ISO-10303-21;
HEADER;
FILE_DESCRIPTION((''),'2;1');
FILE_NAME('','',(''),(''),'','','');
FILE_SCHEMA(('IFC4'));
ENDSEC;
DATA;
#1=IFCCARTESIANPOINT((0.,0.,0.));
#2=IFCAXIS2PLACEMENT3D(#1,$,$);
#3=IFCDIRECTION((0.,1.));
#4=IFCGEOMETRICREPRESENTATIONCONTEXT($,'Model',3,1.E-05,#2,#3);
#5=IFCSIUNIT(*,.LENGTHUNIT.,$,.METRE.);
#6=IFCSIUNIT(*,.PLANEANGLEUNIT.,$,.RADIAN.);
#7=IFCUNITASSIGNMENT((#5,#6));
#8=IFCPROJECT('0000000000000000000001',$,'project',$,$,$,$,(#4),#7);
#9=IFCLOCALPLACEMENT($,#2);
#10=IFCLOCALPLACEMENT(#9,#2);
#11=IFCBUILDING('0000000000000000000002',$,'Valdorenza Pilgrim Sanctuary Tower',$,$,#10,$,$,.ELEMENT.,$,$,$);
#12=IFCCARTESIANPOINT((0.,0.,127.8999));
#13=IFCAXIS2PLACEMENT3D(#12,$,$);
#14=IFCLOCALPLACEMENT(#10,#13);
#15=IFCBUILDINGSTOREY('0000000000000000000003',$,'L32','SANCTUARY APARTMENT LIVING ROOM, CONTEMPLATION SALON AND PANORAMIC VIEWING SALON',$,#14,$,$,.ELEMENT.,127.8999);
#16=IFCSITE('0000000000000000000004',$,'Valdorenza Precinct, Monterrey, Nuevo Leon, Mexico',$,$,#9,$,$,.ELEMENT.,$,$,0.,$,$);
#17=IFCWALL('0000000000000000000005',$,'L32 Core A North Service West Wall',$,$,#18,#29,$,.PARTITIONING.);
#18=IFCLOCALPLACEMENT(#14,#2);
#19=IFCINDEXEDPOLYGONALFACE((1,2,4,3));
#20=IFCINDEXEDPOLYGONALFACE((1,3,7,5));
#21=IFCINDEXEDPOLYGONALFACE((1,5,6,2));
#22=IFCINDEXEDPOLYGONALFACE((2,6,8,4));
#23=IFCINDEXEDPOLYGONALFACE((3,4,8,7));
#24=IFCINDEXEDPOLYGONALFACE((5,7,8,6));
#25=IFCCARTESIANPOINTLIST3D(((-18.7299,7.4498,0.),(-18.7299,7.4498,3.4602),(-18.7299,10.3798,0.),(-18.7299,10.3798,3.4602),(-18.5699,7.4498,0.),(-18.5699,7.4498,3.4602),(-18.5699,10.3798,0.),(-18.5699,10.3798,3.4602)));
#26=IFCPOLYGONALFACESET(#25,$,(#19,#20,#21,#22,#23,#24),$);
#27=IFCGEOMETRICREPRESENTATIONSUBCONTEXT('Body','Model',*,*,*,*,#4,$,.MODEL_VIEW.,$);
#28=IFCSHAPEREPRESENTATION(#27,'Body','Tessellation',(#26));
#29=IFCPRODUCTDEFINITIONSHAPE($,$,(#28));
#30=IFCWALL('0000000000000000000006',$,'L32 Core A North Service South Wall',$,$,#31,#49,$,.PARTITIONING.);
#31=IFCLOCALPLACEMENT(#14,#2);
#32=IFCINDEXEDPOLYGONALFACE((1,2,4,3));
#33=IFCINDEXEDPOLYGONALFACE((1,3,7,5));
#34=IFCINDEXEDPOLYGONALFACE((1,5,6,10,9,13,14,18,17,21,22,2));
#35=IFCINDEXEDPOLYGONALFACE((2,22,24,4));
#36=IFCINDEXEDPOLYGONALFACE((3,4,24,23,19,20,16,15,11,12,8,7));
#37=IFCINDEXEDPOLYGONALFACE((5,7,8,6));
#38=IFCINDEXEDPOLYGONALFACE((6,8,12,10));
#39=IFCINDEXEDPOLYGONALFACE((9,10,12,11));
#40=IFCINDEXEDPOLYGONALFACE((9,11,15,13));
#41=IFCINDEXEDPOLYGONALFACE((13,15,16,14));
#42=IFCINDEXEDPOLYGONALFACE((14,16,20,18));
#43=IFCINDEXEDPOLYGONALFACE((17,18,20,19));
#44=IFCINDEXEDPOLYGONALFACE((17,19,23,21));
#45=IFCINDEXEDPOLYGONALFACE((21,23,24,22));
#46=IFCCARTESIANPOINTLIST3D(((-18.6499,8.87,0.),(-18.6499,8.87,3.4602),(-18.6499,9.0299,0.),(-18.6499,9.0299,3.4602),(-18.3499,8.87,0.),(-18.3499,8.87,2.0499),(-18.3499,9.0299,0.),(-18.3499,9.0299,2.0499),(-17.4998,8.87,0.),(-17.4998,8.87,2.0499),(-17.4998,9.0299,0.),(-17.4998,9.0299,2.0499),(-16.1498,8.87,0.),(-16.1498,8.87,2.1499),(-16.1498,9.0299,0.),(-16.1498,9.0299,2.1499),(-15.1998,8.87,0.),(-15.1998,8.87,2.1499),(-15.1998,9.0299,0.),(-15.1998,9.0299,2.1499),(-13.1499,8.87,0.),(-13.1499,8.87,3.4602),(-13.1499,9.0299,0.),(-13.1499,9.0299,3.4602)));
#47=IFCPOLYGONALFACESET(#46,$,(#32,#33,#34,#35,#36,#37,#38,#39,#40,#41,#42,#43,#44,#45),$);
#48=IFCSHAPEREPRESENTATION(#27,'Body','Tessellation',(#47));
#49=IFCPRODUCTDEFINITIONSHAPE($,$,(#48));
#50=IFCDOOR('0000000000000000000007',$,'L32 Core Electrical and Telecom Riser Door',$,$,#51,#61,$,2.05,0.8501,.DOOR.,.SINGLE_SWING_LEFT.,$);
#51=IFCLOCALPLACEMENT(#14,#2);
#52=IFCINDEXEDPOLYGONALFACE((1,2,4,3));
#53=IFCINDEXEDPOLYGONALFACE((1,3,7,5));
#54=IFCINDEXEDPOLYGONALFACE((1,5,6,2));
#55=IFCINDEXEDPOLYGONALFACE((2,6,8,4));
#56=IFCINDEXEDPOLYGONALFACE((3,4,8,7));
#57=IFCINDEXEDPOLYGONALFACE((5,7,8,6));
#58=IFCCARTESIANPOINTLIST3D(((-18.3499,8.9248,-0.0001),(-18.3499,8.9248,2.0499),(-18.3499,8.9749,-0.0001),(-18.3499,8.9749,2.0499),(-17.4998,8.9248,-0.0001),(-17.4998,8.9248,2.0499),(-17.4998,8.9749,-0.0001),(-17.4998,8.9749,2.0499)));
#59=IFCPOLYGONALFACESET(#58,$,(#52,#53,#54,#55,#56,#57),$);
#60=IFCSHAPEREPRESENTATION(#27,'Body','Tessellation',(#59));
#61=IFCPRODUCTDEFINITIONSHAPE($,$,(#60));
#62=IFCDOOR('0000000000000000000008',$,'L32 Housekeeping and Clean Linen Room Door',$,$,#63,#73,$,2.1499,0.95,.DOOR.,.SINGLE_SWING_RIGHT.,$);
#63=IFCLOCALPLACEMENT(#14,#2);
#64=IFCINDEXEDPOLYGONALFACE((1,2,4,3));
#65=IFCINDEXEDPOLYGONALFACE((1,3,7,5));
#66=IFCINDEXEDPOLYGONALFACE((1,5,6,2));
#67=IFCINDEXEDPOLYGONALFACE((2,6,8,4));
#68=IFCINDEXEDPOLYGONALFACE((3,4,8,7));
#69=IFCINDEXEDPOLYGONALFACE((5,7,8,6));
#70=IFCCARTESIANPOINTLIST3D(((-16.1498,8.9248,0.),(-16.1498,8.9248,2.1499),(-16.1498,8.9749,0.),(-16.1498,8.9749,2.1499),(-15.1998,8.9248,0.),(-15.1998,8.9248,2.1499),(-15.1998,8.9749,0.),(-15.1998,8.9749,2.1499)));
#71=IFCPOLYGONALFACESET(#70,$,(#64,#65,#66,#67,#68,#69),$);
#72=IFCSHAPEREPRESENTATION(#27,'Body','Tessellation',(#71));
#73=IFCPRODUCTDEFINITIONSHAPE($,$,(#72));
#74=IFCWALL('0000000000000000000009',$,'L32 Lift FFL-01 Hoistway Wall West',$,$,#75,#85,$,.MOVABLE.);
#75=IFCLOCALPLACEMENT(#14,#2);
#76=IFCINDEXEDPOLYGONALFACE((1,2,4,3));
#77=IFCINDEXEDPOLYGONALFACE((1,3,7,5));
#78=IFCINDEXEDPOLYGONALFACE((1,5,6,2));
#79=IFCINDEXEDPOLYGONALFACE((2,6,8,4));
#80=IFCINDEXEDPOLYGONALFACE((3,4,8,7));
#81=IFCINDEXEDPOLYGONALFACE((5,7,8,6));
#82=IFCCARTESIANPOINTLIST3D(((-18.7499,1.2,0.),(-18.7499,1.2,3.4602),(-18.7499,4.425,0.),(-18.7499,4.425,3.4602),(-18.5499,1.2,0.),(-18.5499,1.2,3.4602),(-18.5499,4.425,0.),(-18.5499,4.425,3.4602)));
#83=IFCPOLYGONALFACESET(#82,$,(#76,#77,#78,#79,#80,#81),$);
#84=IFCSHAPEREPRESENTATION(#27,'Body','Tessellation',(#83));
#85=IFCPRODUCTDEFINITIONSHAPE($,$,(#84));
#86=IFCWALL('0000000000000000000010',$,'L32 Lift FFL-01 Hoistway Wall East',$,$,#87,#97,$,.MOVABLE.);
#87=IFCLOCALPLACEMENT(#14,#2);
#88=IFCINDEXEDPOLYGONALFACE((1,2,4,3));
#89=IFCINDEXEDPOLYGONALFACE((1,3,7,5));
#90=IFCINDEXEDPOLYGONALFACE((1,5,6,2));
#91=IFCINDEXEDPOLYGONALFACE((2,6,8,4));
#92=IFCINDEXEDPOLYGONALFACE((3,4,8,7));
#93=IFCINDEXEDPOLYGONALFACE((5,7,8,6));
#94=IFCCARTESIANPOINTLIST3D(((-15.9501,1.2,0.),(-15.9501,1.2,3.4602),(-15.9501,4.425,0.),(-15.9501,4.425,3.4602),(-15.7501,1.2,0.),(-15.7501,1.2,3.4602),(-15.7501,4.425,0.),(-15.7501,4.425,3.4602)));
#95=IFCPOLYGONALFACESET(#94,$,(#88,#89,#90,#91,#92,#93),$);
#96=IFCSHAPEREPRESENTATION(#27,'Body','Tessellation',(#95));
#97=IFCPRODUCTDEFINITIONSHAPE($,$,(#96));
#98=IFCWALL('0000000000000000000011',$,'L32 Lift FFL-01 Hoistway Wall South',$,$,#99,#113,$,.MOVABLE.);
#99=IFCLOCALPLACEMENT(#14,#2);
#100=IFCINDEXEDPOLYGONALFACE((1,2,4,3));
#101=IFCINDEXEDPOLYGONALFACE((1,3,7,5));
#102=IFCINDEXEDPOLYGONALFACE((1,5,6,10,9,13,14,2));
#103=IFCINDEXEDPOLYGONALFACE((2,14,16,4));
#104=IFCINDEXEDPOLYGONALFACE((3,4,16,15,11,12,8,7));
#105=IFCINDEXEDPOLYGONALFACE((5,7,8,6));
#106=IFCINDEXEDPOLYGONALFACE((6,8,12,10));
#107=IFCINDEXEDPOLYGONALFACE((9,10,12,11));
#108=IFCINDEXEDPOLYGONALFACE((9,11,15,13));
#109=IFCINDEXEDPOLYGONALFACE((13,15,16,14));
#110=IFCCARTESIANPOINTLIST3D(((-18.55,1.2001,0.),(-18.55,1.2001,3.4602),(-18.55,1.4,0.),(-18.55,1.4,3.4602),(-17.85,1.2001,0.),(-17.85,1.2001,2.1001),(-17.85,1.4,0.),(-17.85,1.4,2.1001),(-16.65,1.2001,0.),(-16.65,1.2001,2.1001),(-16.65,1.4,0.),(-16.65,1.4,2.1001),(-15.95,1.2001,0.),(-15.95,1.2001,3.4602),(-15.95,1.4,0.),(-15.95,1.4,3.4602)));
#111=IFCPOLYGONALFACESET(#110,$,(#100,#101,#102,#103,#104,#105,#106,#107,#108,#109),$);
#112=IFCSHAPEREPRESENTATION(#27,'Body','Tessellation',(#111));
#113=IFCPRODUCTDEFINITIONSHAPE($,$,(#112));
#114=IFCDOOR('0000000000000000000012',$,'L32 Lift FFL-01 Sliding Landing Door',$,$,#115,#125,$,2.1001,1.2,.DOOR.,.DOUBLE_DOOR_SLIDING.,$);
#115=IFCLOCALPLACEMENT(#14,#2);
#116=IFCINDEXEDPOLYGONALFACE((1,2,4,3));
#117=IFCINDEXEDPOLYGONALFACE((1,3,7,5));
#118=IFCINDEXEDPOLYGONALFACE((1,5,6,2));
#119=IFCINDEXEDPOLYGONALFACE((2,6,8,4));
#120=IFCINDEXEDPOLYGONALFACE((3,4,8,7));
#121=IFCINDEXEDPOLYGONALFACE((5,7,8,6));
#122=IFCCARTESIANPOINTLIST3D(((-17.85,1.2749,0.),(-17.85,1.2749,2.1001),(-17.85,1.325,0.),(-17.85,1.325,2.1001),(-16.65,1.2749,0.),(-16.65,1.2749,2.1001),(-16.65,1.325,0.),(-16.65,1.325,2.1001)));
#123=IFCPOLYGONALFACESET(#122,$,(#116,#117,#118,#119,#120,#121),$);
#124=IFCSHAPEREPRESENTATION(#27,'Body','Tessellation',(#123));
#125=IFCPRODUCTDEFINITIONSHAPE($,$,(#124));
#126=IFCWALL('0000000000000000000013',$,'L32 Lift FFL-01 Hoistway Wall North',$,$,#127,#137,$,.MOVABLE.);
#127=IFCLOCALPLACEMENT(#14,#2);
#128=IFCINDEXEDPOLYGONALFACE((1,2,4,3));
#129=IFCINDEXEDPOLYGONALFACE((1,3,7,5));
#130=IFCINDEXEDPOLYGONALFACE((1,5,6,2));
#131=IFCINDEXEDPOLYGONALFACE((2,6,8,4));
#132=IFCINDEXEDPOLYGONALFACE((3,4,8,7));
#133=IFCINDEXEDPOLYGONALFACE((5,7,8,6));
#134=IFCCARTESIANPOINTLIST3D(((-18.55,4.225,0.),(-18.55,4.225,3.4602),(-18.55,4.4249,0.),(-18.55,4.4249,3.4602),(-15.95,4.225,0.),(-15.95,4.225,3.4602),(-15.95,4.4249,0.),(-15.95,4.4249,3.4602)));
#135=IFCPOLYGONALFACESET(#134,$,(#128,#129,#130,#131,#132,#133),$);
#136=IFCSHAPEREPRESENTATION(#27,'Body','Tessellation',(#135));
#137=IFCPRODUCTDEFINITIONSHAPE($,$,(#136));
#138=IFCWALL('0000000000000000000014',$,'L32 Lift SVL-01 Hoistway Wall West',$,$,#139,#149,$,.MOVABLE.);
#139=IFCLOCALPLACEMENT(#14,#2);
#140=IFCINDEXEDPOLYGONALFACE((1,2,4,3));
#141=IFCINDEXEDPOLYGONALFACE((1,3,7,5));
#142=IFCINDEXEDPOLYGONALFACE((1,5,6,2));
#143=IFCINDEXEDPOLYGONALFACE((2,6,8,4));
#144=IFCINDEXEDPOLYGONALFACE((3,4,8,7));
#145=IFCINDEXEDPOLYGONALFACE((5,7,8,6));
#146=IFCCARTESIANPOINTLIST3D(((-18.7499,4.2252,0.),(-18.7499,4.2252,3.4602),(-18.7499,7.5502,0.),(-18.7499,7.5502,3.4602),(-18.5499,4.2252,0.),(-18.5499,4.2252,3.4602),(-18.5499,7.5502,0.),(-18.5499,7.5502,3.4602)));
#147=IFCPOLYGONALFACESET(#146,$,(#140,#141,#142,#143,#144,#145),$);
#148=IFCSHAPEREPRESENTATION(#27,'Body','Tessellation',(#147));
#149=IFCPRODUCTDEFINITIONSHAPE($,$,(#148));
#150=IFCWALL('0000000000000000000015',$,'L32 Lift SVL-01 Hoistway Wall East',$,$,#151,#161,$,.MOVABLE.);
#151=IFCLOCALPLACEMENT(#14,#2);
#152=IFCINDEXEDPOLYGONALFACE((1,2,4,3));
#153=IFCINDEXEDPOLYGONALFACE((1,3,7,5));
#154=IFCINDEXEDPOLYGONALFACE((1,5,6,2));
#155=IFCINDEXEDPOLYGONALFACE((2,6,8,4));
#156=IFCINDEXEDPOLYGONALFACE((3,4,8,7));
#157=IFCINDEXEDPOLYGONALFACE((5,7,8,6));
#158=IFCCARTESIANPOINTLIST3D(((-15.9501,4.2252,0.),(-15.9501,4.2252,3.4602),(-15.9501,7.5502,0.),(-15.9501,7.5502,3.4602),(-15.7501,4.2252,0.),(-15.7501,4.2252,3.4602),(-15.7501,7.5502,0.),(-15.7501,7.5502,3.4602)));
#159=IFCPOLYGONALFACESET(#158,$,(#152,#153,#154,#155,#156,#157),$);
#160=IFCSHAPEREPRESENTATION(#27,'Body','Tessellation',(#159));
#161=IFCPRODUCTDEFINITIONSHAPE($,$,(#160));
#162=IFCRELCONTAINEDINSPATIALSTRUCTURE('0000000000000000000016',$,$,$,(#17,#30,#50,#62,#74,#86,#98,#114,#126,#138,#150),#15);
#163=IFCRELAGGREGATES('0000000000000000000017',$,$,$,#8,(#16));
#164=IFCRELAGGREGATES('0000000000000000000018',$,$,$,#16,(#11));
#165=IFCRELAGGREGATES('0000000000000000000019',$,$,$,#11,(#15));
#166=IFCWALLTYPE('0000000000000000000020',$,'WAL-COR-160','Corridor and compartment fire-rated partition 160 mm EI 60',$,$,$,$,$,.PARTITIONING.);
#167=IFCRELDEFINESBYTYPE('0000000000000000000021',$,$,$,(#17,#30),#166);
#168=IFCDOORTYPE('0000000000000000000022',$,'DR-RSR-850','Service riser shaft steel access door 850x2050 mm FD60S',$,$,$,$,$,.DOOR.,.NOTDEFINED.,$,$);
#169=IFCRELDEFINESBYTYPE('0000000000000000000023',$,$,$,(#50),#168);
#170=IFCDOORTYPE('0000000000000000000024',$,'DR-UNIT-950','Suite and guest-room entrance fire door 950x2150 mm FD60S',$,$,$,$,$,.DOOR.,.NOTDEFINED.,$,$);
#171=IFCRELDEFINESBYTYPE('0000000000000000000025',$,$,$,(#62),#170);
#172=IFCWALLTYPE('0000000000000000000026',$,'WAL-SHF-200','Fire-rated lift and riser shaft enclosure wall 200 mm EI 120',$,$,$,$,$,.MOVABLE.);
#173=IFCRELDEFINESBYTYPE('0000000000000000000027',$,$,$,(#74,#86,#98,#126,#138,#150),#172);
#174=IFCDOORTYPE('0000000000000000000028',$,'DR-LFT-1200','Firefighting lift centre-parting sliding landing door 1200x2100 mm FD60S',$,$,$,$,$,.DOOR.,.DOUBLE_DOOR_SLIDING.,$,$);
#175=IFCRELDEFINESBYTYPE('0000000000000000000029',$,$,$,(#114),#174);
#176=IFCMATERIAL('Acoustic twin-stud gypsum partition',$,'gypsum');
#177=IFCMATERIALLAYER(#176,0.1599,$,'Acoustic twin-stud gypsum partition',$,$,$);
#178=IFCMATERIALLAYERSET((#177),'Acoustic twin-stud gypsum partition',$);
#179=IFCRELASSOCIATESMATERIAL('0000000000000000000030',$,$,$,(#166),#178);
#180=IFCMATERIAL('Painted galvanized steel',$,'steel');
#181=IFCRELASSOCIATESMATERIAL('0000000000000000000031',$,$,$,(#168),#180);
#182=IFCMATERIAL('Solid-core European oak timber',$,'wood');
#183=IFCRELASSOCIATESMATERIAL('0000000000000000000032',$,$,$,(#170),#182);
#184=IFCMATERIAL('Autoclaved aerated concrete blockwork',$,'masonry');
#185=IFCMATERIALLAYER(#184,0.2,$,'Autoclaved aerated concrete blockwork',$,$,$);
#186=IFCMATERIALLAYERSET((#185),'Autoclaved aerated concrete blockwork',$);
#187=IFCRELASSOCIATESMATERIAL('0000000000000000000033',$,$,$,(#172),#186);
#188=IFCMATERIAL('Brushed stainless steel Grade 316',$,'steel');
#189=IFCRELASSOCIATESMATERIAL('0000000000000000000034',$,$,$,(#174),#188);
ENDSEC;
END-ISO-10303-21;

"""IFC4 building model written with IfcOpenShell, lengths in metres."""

from ifc_helpers import new_model, si_unit, direction, frame, frame_2d, origin, place, context, subcontext, project, spatial, rectangle, extrude, material, layer, layer_set, type_object, element, fill, save


model = new_model("IFC4")

# Units and contexts
model_context = context("Model", 3, precision=1e-05, world=origin(), true_north=direction((0.0, 1.0)))
body_context = subcontext(model_context, "Body", "Model", "MODEL_VIEW")
ifc_project = project(units=[si_unit("LENGTHUNIT", "METRE"), si_unit("PLANEANGLEUNIT", "RADIAN")], contexts=[model_context])

# Site, building, storey
site_placement = place(None, origin())
site = spatial("IfcSite", under=ifc_project, at=site_placement, Name="Valdorenza Precinct, Monterrey, Nuevo Leon, Mexico", CompositionType="ELEMENT", RefElevation=0.0)
building_placement = place(site_placement, origin())
building = spatial("IfcBuilding", under=site, at=building_placement, Name="Valdorenza Pilgrim Sanctuary Tower", CompositionType="ELEMENT")
storey_placement = place(building_placement, frame((0.0, 0.0, 127.8999)))
storey = spatial("IfcBuildingStorey", under=building, at=storey_placement, Name="L32", Description="SANCTUARY APARTMENT LIVING ROOM, CONTEMPLATION SALON AND PANORAMIC VIEWING SALON", CompositionType="ELEMENT", Elevation=127.8999)

# Wall
ifc_material_1 = material(Name="Acoustic twin-stud gypsum partition", Category="gypsum")
ifc_layer_1 = layer(ifc_material_1, 0.1599, Name="Acoustic twin-stud gypsum partition")
ifc_layer_set_1 = layer_set([ifc_layer_1], Name="Acoustic twin-stud gypsum partition")
wall_type_1 = type_object("IfcWallType", Name="WAL-COR-160", Description="Corridor and compartment fire-rated partition 160 mm EI 60", PredefinedType="PARTITIONING", material=ifc_layer_set_1)
wall_1_placement = place(storey_placement, frame((-18.6499, 7.45, 0.0), z_axis=(0.0, 0.0, 1.0), x_axis=(0.0, 1.0, 0.0)))
element("IfcWall", 1, at=wall_1_placement, inside=storey, type_object=wall_type_1, Name="L32 Core A North Service West Wall", PredefinedType="PARTITIONING", context=body_context, shape_type="SweptSolid", body=[
    extrude(rectangle(XDim=2.9299, YDim=0.1599, at=frame_2d((1.4648, 0.0))), origin(), (0.0, 0.0, 1.0), 3.4602),
])

# Wall, openings, doors
wall_2_placement = place(storey_placement, frame((-18.6499, 8.95, 0.0), z_axis=(0.0, 0.0, 1.0), x_axis=(1.0, 0.0, 0.0)))
wall_2 = element("IfcWall", 2, at=wall_2_placement, inside=storey, type_object=wall_type_1, Name="L32 Core A North Service South Wall", PredefinedType="PARTITIONING", context=body_context, shape_type="SweptSolid", body=[
    extrude(rectangle(XDim=5.5, YDim=0.1599, at=frame_2d((2.75, 0.0))), origin(), (0.0, 0.0, 1.0), 3.4602),
])
opening_1_placement = place(wall_2_placement, frame((0.3, 0.0, 0.0)))
opening_1 = element("IfcOpeningElement", 3, at=opening_1_placement, cuts=wall_2, PredefinedType="OPENING", context=body_context, shape_type="SweptSolid", body=[
    extrude(rectangle(XDim=0.8501, YDim=2.05, at=frame_2d((0.425, 1.0249))), frame((0.0, 0.0947, 0.0), z_axis=(0.0, -1.0, 0.0), x_axis=(1.0, 0.0, 0.0)), (0.0, 0.0, 1.0), 0.1897),
])
opening_2_placement = place(wall_2_placement, frame((2.5, 0.0, 0.0)))
opening_2 = element("IfcOpeningElement", 4, at=opening_2_placement, cuts=wall_2, PredefinedType="OPENING", context=body_context, shape_type="SweptSolid", body=[
    extrude(rectangle(XDim=0.95, YDim=2.1499, at=frame_2d((0.4751, 1.075))), frame((0.0, 0.0947, 0.0), z_axis=(0.0, -1.0, 0.0), x_axis=(1.0, 0.0, 0.0)), (0.0, 0.0, 1.0), 0.1897),
])
ifc_material_2 = material(Name="Painted galvanized steel", Category="steel")
door_type_1 = type_object("IfcDoorType", Name="DR-RSR-850", Description="Service riser shaft steel access door 850x2050 mm FD60S", OperationType="NOTDEFINED", PredefinedType="DOOR", material=ifc_material_2)
door_1_placement = place(opening_1_placement, origin())
door_1 = element("IfcDoor", 5, at=door_1_placement, inside=storey, type_object=door_type_1, Name="L32 Core Electrical and Telecom Riser Door", OperationType="SINGLE_SWING_LEFT", OverallHeight=2.05, OverallWidth=0.8501, PredefinedType="DOOR", context=body_context, shape_type="SweptSolid", body=[
    extrude(rectangle(XDim=0.8501, YDim=2.05, at=frame_2d((0.425, 1.0249))), frame((0.0, 0.0249, 0.0), z_axis=(0.0, -1.0, 0.0), x_axis=(1.0, 0.0, 0.0)), (0.0, 0.0, 1.0), 0.05),
])
fill(opening_1, door_1)
ifc_material_3 = material(Name="Solid-core European oak timber", Category="wood")
door_type_2 = type_object("IfcDoorType", Name="DR-UNIT-950", Description="Suite and guest-room entrance fire door 950x2150 mm FD60S", OperationType="NOTDEFINED", PredefinedType="DOOR", material=ifc_material_3)
door_2_placement = place(opening_2_placement, origin())
door_2 = element("IfcDoor", 6, at=door_2_placement, inside=storey, type_object=door_type_2, Name="L32 Housekeeping and Clean Linen Room Door", OperationType="SINGLE_SWING_RIGHT", OverallHeight=2.1499, OverallWidth=0.95, PredefinedType="DOOR", context=body_context, shape_type="SweptSolid", body=[
    extrude(rectangle(XDim=0.95, YDim=2.1499, at=frame_2d((0.4751, 1.075))), frame((0.0, 0.0249, 0.0), z_axis=(0.0, -1.0, 0.0), x_axis=(1.0, 0.0, 0.0)), (0.0, 0.0, 1.0), 0.05),
])
fill(opening_2, door_2)

# Walls
ifc_material_4 = material(Name="Autoclaved aerated concrete blockwork", Category="masonry")
ifc_layer_2 = layer(ifc_material_4, 0.2, Name="Autoclaved aerated concrete blockwork")
ifc_layer_set_2 = layer_set([ifc_layer_2], Name="Autoclaved aerated concrete blockwork")
wall_type_2 = type_object("IfcWallType", Name="WAL-SHF-200", Description="Fire-rated lift and riser shaft enclosure wall 200 mm EI 120", PredefinedType="MOVABLE", material=ifc_layer_set_2)
for number, where, z_axis, x_axis, name in (
    (7, (-18.6499, 1.2, 0.0), (0.0, 0.0, 1.0), (0.0, 1.0, 0.0), "L32 Lift FFL-01 Hoistway Wall West"),
    (8, (-15.8501, 1.2, 0.0), (0.0, 0.0, 1.0), (0.0, 1.0, 0.0), "L32 Lift FFL-01 Hoistway Wall East"),
):
    element("IfcWall", number, at=place(storey_placement, frame(where, z_axis=z_axis, x_axis=x_axis)), inside=storey, type_object=wall_type_2, Name=name, PredefinedType="MOVABLE", context=body_context, shape_type="SweptSolid", body=[
        extrude(rectangle(XDim=3.2251, YDim=0.2, at=frame_2d((1.6125, 0.0))), origin(), (0.0, 0.0, 1.0), 3.4602),
    ])

# Wall, opening, door
wall_3_placement = place(storey_placement, frame((-18.55, 1.3, 0.0), z_axis=(0.0, 0.0, 1.0), x_axis=(1.0, 0.0, 0.0)))
wall_3 = element("IfcWall", 9, at=wall_3_placement, inside=storey, type_object=wall_type_2, Name="L32 Lift FFL-01 Hoistway Wall South", PredefinedType="MOVABLE", context=body_context, shape_type="SweptSolid", body=[
    extrude(rectangle(XDim=2.6001, YDim=0.2, at=frame_2d((1.3, 0.0))), origin(), (0.0, 0.0, 1.0), 3.4602),
])
opening_3_placement = place(wall_3_placement, frame((0.7, 0.0, 0.0)))
opening_3 = element("IfcOpeningElement", 10, at=opening_3_placement, cuts=wall_3, PredefinedType="OPENING", context=body_context, shape_type="SweptSolid", body=[
    extrude(rectangle(XDim=1.2, YDim=2.1001, at=frame_2d((0.6001, 1.05))), frame((0.0, 0.1147, 0.0), z_axis=(0.0, -1.0, 0.0), x_axis=(1.0, 0.0, 0.0)), (0.0, 0.0, 1.0), 0.2297),
])
ifc_material_5 = material(Name="Brushed stainless steel Grade 316", Category="steel")
door_type_3 = type_object("IfcDoorType", Name="DR-LFT-1200", Description="Firefighting lift centre-parting sliding landing door 1200x2100 mm FD60S", OperationType="DOUBLE_DOOR_SLIDING", PredefinedType="DOOR", material=ifc_material_5)
door_3_placement = place(opening_3_placement, origin())
door_3 = element("IfcDoor", 11, at=door_3_placement, inside=storey, type_object=door_type_3, Name="L32 Lift FFL-01 Sliding Landing Door", OperationType="DOUBLE_DOOR_SLIDING", OverallHeight=2.1001, OverallWidth=1.2, PredefinedType="DOOR", context=body_context, shape_type="SweptSolid", body=[
    extrude(rectangle(XDim=1.2, YDim=2.1001, at=frame_2d((0.6001, 1.05))), frame((0.0, 0.0249, 0.0), z_axis=(0.0, -1.0, 0.0), x_axis=(1.0, 0.0, 0.0)), (0.0, 0.0, 1.0), 0.05),
])
fill(opening_3, door_3)

# Walls
wall_4_placement = place(storey_placement, frame((-18.55, 4.325, 0.0), z_axis=(0.0, 0.0, 1.0), x_axis=(1.0, 0.0, 0.0)))
element("IfcWall", 12, at=wall_4_placement, inside=storey, type_object=wall_type_2, Name="L32 Lift FFL-01 Hoistway Wall North", PredefinedType="MOVABLE", context=body_context, shape_type="SweptSolid", body=[
    extrude(rectangle(XDim=2.6001, YDim=0.2, at=frame_2d((1.3, 0.0))), origin(), (0.0, 0.0, 1.0), 3.4602),
])
for number, where, z_axis, x_axis, name in (
    (13, (-18.6499, 4.2251, 0.0), (0.0, 0.0, 1.0), (0.0, 1.0, 0.0), "L32 Lift SVL-01 Hoistway Wall West"),
    (14, (-15.8501, 4.2251, 0.0), (0.0, 0.0, 1.0), (0.0, 1.0, 0.0), "L32 Lift SVL-01 Hoistway Wall East"),
):
    element("IfcWall", number, at=place(storey_placement, frame(where, z_axis=z_axis, x_axis=x_axis)), inside=storey, type_object=wall_type_2, Name=name, PredefinedType="MOVABLE", context=body_context, shape_type="SweptSolid", body=[
        extrude(rectangle(XDim=3.325, YDim=0.2, at=frame_2d((1.6626, 0.0))), origin(), (0.0, 0.0, 1.0), 3.4602),
    ])

save(model, "model.ifc")
